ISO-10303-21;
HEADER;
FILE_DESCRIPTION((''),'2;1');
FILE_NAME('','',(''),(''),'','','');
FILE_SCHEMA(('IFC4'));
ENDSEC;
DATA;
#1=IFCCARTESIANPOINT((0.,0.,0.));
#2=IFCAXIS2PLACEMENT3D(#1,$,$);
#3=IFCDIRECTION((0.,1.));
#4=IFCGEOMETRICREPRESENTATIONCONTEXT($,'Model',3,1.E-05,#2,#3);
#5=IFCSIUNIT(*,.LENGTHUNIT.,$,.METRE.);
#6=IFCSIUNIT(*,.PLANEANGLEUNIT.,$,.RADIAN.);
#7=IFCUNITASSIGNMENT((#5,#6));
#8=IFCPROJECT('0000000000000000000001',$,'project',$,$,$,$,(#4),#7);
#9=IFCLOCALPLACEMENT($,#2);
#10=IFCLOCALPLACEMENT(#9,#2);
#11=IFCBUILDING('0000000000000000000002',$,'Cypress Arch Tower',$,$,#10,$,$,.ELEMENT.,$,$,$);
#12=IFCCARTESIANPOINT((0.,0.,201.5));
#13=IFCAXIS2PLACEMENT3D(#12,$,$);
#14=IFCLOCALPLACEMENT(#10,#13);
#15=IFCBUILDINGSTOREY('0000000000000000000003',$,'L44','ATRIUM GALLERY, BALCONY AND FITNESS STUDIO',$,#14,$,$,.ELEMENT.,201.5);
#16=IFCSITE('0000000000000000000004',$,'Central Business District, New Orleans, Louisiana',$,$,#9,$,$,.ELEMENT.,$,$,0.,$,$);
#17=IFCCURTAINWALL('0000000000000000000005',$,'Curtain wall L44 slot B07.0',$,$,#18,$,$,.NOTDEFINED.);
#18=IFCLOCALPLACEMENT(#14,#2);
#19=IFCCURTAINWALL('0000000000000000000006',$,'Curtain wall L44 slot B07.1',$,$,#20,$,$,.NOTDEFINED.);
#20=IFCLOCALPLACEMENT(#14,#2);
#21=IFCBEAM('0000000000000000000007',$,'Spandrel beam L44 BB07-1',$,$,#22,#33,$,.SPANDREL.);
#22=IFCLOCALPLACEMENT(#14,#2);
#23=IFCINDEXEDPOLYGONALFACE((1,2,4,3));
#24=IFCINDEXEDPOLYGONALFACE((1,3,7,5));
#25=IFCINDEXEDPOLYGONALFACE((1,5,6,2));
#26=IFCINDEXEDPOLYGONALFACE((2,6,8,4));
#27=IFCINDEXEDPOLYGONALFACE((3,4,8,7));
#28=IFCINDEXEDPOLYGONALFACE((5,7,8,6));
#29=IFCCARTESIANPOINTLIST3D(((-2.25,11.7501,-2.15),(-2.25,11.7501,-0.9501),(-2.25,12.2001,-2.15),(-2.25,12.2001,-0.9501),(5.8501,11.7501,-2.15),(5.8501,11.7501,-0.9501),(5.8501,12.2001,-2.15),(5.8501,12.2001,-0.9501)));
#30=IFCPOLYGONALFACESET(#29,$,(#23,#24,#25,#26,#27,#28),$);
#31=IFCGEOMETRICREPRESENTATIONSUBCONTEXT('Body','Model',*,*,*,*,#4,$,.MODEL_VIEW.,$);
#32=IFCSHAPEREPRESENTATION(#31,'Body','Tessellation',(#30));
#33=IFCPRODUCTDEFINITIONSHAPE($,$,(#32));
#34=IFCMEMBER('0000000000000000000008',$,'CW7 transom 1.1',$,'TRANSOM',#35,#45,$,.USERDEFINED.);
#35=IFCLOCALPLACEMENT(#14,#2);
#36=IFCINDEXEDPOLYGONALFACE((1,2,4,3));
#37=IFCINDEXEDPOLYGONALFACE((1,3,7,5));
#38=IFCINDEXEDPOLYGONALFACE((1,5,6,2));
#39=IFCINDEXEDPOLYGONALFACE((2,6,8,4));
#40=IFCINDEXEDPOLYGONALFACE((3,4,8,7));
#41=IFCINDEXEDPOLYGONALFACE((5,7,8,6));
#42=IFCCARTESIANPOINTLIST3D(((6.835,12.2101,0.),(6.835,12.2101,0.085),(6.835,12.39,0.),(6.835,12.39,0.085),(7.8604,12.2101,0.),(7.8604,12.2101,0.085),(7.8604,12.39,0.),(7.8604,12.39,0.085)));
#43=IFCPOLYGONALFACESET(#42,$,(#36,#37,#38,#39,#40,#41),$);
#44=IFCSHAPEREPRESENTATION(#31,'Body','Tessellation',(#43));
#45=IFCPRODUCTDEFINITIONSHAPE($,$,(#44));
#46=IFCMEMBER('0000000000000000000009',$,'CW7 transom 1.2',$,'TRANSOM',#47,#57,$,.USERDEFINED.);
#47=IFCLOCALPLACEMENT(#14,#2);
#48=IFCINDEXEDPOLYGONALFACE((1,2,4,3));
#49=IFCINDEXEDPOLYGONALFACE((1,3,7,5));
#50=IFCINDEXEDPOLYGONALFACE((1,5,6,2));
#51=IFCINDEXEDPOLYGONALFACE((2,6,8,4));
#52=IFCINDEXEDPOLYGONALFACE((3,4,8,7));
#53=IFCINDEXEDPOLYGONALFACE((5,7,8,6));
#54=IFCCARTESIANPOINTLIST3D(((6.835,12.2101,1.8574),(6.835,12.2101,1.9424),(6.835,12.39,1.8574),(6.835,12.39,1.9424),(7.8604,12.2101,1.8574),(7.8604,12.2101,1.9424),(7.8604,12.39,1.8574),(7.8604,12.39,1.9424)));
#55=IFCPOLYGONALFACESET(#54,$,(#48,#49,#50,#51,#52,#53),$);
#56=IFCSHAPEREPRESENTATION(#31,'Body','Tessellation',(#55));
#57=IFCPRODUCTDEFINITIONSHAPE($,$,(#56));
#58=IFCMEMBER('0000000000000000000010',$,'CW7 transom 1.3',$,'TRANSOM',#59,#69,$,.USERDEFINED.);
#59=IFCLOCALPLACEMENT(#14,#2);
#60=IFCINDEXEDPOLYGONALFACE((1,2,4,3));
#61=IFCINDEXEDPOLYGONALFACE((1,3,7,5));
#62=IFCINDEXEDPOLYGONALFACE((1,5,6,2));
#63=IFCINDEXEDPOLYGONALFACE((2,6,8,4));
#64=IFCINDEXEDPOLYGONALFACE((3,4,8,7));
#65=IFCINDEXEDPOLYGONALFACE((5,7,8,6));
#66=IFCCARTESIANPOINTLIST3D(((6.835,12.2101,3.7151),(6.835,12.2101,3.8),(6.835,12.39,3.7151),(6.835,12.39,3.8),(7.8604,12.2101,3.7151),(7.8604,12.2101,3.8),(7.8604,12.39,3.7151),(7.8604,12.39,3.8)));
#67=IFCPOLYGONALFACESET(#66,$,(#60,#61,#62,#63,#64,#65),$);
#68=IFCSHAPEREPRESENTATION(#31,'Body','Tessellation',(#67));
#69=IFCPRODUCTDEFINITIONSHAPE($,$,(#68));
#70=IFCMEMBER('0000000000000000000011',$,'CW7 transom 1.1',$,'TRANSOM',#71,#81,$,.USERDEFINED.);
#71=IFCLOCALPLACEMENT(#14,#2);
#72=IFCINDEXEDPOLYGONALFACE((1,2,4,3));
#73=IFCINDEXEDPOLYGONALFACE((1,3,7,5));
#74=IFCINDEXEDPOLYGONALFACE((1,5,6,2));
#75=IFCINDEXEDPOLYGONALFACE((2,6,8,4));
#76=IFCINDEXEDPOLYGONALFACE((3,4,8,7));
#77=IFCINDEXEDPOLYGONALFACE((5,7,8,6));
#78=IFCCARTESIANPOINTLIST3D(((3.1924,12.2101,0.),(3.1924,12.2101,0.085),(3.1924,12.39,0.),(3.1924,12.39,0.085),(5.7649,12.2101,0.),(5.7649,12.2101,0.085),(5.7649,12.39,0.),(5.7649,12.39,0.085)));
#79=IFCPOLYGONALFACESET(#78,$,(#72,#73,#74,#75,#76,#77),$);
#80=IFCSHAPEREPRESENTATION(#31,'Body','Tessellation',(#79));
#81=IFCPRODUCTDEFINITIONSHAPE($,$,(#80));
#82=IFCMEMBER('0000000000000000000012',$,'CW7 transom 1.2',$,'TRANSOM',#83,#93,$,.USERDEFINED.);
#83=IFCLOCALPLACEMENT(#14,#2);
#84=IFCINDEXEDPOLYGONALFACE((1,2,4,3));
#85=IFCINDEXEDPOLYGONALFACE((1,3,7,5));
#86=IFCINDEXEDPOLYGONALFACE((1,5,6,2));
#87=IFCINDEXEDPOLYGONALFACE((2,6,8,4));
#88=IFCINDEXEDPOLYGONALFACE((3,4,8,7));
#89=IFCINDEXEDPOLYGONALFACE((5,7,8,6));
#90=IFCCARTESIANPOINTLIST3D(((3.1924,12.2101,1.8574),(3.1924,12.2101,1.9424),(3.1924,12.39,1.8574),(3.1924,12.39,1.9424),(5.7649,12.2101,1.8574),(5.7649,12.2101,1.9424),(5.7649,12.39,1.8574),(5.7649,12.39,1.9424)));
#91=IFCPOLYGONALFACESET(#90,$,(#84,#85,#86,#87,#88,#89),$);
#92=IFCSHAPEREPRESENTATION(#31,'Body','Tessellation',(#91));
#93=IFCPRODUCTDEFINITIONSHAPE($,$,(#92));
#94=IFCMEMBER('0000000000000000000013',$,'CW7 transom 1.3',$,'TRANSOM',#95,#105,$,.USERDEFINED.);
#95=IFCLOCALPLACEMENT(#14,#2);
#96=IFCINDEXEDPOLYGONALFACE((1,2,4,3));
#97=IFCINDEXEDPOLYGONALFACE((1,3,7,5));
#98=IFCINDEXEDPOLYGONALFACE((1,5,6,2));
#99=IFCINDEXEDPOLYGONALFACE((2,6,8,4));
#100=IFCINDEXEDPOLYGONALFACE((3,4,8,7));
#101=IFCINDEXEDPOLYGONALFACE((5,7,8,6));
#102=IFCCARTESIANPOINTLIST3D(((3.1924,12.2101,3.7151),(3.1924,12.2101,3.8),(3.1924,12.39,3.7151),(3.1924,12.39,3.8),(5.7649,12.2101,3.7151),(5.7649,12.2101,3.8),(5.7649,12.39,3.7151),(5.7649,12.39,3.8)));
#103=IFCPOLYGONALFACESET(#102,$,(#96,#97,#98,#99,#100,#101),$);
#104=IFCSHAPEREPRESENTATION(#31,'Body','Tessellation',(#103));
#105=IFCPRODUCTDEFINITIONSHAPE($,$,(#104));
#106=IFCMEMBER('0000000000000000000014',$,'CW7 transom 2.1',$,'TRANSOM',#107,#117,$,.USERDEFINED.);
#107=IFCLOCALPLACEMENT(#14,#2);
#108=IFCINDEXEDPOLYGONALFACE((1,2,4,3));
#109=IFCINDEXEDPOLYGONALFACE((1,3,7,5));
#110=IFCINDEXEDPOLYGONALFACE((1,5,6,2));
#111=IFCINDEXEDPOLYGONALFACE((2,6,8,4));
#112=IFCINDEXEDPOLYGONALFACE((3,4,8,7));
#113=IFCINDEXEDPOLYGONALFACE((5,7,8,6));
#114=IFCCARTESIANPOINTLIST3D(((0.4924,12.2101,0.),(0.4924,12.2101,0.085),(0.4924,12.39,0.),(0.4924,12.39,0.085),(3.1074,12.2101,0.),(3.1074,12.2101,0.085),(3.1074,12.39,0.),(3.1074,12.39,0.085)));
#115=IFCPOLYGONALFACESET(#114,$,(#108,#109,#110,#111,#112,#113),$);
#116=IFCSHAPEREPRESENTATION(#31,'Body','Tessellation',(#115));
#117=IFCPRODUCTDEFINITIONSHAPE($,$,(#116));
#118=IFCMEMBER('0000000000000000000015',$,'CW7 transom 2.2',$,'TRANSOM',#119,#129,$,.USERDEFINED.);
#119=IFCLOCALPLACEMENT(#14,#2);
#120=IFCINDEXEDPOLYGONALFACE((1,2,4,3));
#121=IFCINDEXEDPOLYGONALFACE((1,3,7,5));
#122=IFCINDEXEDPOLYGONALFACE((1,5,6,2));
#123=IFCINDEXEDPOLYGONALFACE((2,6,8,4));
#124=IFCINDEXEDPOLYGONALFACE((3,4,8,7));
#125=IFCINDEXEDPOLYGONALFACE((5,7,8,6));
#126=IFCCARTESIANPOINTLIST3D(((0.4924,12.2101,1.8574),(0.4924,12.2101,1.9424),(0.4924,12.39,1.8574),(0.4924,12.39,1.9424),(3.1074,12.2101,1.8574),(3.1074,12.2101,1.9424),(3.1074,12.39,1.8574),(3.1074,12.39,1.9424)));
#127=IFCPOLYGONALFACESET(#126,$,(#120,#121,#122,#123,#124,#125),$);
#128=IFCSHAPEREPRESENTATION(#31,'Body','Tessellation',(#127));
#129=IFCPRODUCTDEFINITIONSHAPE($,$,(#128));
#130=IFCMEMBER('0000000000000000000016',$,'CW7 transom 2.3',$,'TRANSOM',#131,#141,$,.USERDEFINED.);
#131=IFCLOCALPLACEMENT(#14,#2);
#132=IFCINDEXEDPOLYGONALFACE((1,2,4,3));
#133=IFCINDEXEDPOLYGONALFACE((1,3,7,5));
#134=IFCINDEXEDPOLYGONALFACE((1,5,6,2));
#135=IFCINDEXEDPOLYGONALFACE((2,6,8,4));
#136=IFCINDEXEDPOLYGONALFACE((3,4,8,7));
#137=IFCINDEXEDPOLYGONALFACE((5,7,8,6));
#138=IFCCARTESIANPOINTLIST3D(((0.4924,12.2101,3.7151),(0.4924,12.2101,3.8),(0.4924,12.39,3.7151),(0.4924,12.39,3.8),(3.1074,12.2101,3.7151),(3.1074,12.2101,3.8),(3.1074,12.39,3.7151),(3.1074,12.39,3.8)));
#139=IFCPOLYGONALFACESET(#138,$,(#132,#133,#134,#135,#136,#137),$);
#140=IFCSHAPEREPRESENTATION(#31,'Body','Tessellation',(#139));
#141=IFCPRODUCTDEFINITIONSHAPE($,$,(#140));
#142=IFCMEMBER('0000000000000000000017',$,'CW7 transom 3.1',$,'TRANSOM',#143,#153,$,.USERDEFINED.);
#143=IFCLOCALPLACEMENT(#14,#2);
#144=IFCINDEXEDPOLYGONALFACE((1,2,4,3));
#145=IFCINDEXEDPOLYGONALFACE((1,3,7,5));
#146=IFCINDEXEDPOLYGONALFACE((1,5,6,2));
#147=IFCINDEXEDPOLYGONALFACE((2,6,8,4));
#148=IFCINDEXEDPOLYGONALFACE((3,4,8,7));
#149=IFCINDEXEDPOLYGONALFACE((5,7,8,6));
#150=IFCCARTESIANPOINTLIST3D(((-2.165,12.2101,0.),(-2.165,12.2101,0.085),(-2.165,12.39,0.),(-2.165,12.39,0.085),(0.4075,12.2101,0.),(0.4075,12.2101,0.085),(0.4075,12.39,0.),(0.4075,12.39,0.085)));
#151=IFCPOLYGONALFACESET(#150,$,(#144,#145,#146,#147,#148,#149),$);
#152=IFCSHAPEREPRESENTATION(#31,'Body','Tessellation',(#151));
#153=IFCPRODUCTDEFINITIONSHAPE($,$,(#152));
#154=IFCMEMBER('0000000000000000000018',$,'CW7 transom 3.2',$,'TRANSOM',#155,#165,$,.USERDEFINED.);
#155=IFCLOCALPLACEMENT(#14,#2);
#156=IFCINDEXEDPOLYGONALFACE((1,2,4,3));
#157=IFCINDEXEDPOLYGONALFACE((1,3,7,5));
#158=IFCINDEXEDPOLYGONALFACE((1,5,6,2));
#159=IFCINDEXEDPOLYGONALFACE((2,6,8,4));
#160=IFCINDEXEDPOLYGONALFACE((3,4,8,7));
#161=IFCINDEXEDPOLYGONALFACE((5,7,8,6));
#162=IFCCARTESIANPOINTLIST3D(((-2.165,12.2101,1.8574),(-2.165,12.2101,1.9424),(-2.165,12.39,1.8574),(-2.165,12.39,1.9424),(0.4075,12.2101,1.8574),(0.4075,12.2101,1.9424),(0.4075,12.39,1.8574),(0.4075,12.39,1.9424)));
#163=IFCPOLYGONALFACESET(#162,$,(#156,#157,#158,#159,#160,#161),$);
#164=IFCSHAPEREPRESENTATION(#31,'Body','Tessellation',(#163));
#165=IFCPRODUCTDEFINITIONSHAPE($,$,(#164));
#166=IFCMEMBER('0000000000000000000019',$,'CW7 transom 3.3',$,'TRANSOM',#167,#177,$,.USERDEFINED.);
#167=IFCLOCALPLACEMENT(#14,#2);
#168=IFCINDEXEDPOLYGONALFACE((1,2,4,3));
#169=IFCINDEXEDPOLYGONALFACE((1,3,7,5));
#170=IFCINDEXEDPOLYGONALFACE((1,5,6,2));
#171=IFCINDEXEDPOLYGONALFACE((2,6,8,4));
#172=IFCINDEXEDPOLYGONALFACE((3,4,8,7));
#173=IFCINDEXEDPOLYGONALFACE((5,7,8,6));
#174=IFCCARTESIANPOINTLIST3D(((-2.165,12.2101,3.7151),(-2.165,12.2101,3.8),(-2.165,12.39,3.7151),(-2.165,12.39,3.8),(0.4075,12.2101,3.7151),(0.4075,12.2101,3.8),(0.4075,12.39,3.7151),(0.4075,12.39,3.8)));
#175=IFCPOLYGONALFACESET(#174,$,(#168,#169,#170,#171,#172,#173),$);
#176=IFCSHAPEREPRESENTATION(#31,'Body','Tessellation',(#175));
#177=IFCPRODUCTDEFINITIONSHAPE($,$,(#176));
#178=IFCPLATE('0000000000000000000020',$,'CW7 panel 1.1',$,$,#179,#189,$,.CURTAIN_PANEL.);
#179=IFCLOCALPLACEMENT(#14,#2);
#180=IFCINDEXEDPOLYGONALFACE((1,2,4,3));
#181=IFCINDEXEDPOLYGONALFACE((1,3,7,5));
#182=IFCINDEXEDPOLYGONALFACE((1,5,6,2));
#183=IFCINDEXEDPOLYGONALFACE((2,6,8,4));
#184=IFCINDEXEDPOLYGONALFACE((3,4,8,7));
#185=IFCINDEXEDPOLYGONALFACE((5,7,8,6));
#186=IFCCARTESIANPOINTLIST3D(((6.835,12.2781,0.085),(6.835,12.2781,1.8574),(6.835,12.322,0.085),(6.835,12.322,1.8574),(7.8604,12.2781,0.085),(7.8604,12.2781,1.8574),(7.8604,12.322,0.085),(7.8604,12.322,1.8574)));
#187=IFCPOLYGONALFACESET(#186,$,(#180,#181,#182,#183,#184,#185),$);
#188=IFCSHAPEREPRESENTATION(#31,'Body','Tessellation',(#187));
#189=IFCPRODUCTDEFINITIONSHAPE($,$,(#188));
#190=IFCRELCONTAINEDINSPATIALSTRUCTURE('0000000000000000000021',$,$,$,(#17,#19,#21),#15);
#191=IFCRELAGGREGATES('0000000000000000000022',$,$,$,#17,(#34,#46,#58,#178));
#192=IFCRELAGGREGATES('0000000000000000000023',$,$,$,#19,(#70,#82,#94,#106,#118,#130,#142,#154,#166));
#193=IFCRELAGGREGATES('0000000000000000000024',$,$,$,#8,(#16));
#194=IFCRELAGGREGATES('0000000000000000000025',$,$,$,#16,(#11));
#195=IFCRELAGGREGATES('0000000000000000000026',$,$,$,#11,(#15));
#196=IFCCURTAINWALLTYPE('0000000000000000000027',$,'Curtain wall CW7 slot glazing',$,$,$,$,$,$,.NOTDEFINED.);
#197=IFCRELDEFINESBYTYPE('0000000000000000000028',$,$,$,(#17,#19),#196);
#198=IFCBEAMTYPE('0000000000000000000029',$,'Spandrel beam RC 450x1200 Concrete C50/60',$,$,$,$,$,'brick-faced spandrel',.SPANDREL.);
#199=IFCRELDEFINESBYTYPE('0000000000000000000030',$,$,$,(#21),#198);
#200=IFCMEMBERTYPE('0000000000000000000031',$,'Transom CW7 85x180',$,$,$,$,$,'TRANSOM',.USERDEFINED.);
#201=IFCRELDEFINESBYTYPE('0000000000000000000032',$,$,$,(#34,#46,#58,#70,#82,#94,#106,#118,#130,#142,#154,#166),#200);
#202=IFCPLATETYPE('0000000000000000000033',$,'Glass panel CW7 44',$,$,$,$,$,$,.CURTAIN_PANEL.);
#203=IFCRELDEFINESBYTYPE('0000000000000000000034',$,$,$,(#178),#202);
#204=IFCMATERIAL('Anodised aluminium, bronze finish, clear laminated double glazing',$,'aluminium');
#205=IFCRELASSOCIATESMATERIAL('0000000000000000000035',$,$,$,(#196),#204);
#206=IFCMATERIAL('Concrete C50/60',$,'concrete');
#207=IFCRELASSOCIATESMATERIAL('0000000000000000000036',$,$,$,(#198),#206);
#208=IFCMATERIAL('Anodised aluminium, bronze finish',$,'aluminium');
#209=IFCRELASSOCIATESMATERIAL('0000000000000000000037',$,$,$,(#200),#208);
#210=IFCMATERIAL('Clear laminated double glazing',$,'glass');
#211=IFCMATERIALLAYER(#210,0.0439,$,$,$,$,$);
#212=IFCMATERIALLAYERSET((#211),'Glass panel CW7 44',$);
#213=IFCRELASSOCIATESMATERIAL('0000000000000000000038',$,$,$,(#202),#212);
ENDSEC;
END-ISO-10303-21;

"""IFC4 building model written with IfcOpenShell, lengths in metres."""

from ifc_helpers import new_model, si_unit, direction, frame, origin, origin_2d, place, context, subcontext, project, spatial, rectangle, extrude, material, layer, layer_set, material_profile, profile_set, type_object, element, aggregate, save


model = new_model("IFC4")

# Units and contexts
model_context = context("Model", 3, precision=1e-05, world=origin(), true_north=direction((0.0, 1.0)))
body_context = subcontext(model_context, "Body", "Model", "MODEL_VIEW")
ifc_project = project(units=[si_unit("LENGTHUNIT", "METRE"), si_unit("PLANEANGLEUNIT", "RADIAN")], contexts=[model_context])

# Site, building, storey
site_placement = place(None, origin())
site = spatial("IfcSite", under=ifc_project, at=site_placement, Name="Central Business District, New Orleans, Louisiana", CompositionType="ELEMENT", RefElevation=0.0)
building_placement = place(site_placement, origin())
building = spatial("IfcBuilding", under=site, at=building_placement, Name="Cypress Arch Tower", CompositionType="ELEMENT")
storey_placement = place(building_placement, frame((0.0, 0.0, 201.5)))
storey = spatial("IfcBuildingStorey", under=building, at=storey_placement, Name="L44", Description="ATRIUM GALLERY, BALCONY AND FITNESS STUDIO", CompositionType="ELEMENT", Elevation=201.5)

# Curtain walls
ifc_material_1 = material(Name="Anodised aluminium, bronze finish, clear laminated double glazing", Category="aluminium")
curtain_wall_type = type_object("IfcCurtainWallType", Name="Curtain wall CW7 slot glazing", PredefinedType="NOTDEFINED", material=ifc_material_1)
curtain_wall_1_placement = place(storey_placement, origin())
curtain_wall_1 = element("IfcCurtainWall", 1, at=curtain_wall_1_placement, inside=storey, type_object=curtain_wall_type, Name="Curtain wall L44 slot B07.0", PredefinedType="NOTDEFINED")
curtain_wall_2_placement = place(storey_placement, origin())
curtain_wall_2 = element("IfcCurtainWall", 2, at=curtain_wall_2_placement, inside=storey, type_object=curtain_wall_type, Name="Curtain wall L44 slot B07.1", PredefinedType="NOTDEFINED")

# Beam
ifc_material_2 = material(Name="Concrete C50/60", Category="concrete")
ifc_material_profile_1 = material_profile(ifc_material_2, rectangle(XDim=0.45, YDim=1.2, at=origin_2d()), Name="RC 450x1200")
ifc_profile_set_1 = profile_set([ifc_material_profile_1], Name="Concrete C50/60")
beam_type_1 = type_object("IfcBeamType", Name="Spandrel beam RC 450x1200 Concrete C50/60", ElementType="brick-faced spandrel", PredefinedType="SPANDREL", material=ifc_profile_set_1)
beam_1_placement = place(storey_placement, frame((5.8501, 11.9751, -1.55), z_axis=(-1.0, 0.0, 0.0), x_axis=(0.0, -1.0, 0.0)))
element("IfcBeam", 3, at=beam_1_placement, inside=storey, type_object=beam_type_1, Name="Spandrel beam L44 BB07-1", PredefinedType="SPANDREL", context=body_context, shape_type="SweptSolid", body=[
    extrude(rectangle(XDim=0.45, YDim=1.2, at=origin_2d()), origin(), (0.0, 0.0, 1.0), 8.1001),
])

# Members
ifc_material_3 = material(Name="Anodised aluminium, bronze finish", Category="aluminium")
ifc_material_profile_2 = material_profile(ifc_material_3, rectangle(XDim=0.1799, YDim=0.085, at=origin_2d()), Name="Transom 85x180")
ifc_profile_set_2 = profile_set([ifc_material_profile_2], Name="Anodised aluminium, bronze finish")
member_type_1 = type_object("IfcMemberType", Name="Transom CW7 85x180", ElementType="TRANSOM", PredefinedType="USERDEFINED", material=ifc_profile_set_2)
member_1_placement = place(storey_placement, frame((7.8604, 12.3, 0.0425), z_axis=(-1.0, 0.0, 0.0), x_axis=(0.0, -1.0, 0.0)))
member_1 = element("IfcMember", 4, at=member_1_placement, type_object=member_type_1, Name="CW7 transom 1.1", ObjectType="TRANSOM", PredefinedType="USERDEFINED", context=body_context, shape_type="SweptSolid", body=[
    extrude(rectangle(XDim=0.1799, YDim=0.085, at=origin_2d()), origin(), (0.0, 0.0, 1.0), 1.0254),
])
member_2_placement = place(storey_placement, frame((7.8604, 12.3, 1.8999), z_axis=(-1.0, 0.0, 0.0), x_axis=(0.0, -1.0, 0.0)))
member_2 = element("IfcMember", 5, at=member_2_placement, type_object=member_type_1, Name="CW7 transom 1.2", ObjectType="TRANSOM", PredefinedType="USERDEFINED", context=body_context, shape_type="SweptSolid", body=[
    extrude(rectangle(XDim=0.1799, YDim=0.085, at=origin_2d()), origin(), (0.0, 0.0, 1.0), 1.0254),
])
member_3_placement = place(storey_placement, frame((7.8604, 12.3, 3.7576), z_axis=(-1.0, 0.0, 0.0), x_axis=(0.0, -1.0, 0.0)))
member_3 = element("IfcMember", 6, at=member_3_placement, type_object=member_type_1, Name="CW7 transom 1.3", ObjectType="TRANSOM", PredefinedType="USERDEFINED", context=body_context, shape_type="SweptSolid", body=[
    extrude(rectangle(XDim=0.1799, YDim=0.085, at=origin_2d()), origin(), (0.0, 0.0, 1.0), 1.0254),
])
member_4_placement = place(storey_placement, frame((5.7649, 12.3, 0.0425), z_axis=(-1.0, 0.0, 0.0), x_axis=(0.0, -1.0, 0.0)))
member_4 = element("IfcMember", 7, at=member_4_placement, type_object=member_type_1, Name="CW7 transom 1.1", ObjectType="TRANSOM", PredefinedType="USERDEFINED", context=body_context, shape_type="SweptSolid", body=[
    extrude(rectangle(XDim=0.1799, YDim=0.085, at=origin_2d()), origin(), (0.0, 0.0, 1.0), 2.5725),
])
member_5_placement = place(storey_placement, frame((5.7649, 12.3, 1.8999), z_axis=(-1.0, 0.0, 0.0), x_axis=(0.0, -1.0, 0.0)))
member_5 = element("IfcMember", 8, at=member_5_placement, type_object=member_type_1, Name="CW7 transom 1.2", ObjectType="TRANSOM", PredefinedType="USERDEFINED", context=body_context, shape_type="SweptSolid", body=[
    extrude(rectangle(XDim=0.1799, YDim=0.085, at=origin_2d()), origin(), (0.0, 0.0, 1.0), 2.5725),
])
member_6_placement = place(storey_placement, frame((5.7649, 12.3, 3.7576), z_axis=(-1.0, 0.0, 0.0), x_axis=(0.0, -1.0, 0.0)))
member_6 = element("IfcMember", 9, at=member_6_placement, type_object=member_type_1, Name="CW7 transom 1.3", ObjectType="TRANSOM", PredefinedType="USERDEFINED", context=body_context, shape_type="SweptSolid", body=[
    extrude(rectangle(XDim=0.1799, YDim=0.085, at=origin_2d()), origin(), (0.0, 0.0, 1.0), 2.5725),
])
member_7_placement = place(storey_placement, frame((3.1074, 12.3, 0.0425), z_axis=(-1.0, 0.0, 0.0), x_axis=(0.0, -1.0, 0.0)))
member_7 = element("IfcMember", 10, at=member_7_placement, type_object=member_type_1, Name="CW7 transom 2.1", ObjectType="TRANSOM", PredefinedType="USERDEFINED", context=body_context, shape_type="SweptSolid", body=[
    extrude(rectangle(XDim=0.1799, YDim=0.085, at=origin_2d()), origin(), (0.0, 0.0, 1.0), 2.615),
])
member_8_placement = place(storey_placement, frame((3.1074, 12.3, 1.8999), z_axis=(-1.0, 0.0, 0.0), x_axis=(0.0, -1.0, 0.0)))
member_8 = element("IfcMember", 11, at=member_8_placement, type_object=member_type_1, Name="CW7 transom 2.2", ObjectType="TRANSOM", PredefinedType="USERDEFINED", context=body_context, shape_type="SweptSolid", body=[
    extrude(rectangle(XDim=0.1799, YDim=0.085, at=origin_2d()), origin(), (0.0, 0.0, 1.0), 2.615),
])
member_9_placement = place(storey_placement, frame((3.1074, 12.3, 3.7576), z_axis=(-1.0, 0.0, 0.0), x_axis=(0.0, -1.0, 0.0)))
member_9 = element("IfcMember", 12, at=member_9_placement, type_object=member_type_1, Name="CW7 transom 2.3", ObjectType="TRANSOM", PredefinedType="USERDEFINED", context=body_context, shape_type="SweptSolid", body=[
    extrude(rectangle(XDim=0.1799, YDim=0.085, at=origin_2d()), origin(), (0.0, 0.0, 1.0), 2.615),
])
member_10_placement = place(storey_placement, frame((0.4075, 12.3, 0.0425), z_axis=(-1.0, 0.0, 0.0), x_axis=(0.0, -1.0, 0.0)))
member_10 = element("IfcMember", 13, at=member_10_placement, type_object=member_type_1, Name="CW7 transom 3.1", ObjectType="TRANSOM", PredefinedType="USERDEFINED", context=body_context, shape_type="SweptSolid", body=[
    extrude(rectangle(XDim=0.1799, YDim=0.085, at=origin_2d()), origin(), (0.0, 0.0, 1.0), 2.5725),
])
member_11_placement = place(storey_placement, frame((0.4075, 12.3, 1.8999), z_axis=(-1.0, 0.0, 0.0), x_axis=(0.0, -1.0, 0.0)))
member_11 = element("IfcMember", 14, at=member_11_placement, type_object=member_type_1, Name="CW7 transom 3.2", ObjectType="TRANSOM", PredefinedType="USERDEFINED", context=body_context, shape_type="SweptSolid", body=[
    extrude(rectangle(XDim=0.1799, YDim=0.085, at=origin_2d()), origin(), (0.0, 0.0, 1.0), 2.5725),
])
member_12_placement = place(storey_placement, frame((0.4075, 12.3, 3.7576), z_axis=(-1.0, 0.0, 0.0), x_axis=(0.0, -1.0, 0.0)))
member_12 = element("IfcMember", 15, at=member_12_placement, type_object=member_type_1, Name="CW7 transom 3.3", ObjectType="TRANSOM", PredefinedType="USERDEFINED", context=body_context, shape_type="SweptSolid", body=[
    extrude(rectangle(XDim=0.1799, YDim=0.085, at=origin_2d()), origin(), (0.0, 0.0, 1.0), 2.5725),
])

# Plate
ifc_material_4 = material(Name="Clear laminated double glazing", Category="glass")
ifc_layer_1 = layer(ifc_material_4, 0.0439)
ifc_layer_set_1 = layer_set([ifc_layer_1], Name="Glass panel CW7 44")
plate_type = type_object("IfcPlateType", Name="Glass panel CW7 44", PredefinedType="CURTAIN_PANEL", material=ifc_layer_set_1)
plate_1_placement = place(storey_placement, frame((7.3477, 12.3, 0.085), z_axis=(0.0, 0.0, 1.0), x_axis=(-1.0, 0.0, 0.0)))
plate_1 = element("IfcPlate", 16, at=plate_1_placement, type_object=plate_type, Name="CW7 panel 1.1", PredefinedType="CURTAIN_PANEL", context=body_context, shape_type="SweptSolid", body=[
    extrude(rectangle(XDim=1.0254, YDim=0.0439, at=origin_2d()), origin(), (0.0, 0.0, 1.0), 1.7725),
])
aggregate(curtain_wall_1, [member_1, member_2, member_3, plate_1])
aggregate(curtain_wall_2, [member_4, member_5, member_6, member_7, member_8, member_9, member_10, member_11, member_12])

save(model, "model.ifc")
